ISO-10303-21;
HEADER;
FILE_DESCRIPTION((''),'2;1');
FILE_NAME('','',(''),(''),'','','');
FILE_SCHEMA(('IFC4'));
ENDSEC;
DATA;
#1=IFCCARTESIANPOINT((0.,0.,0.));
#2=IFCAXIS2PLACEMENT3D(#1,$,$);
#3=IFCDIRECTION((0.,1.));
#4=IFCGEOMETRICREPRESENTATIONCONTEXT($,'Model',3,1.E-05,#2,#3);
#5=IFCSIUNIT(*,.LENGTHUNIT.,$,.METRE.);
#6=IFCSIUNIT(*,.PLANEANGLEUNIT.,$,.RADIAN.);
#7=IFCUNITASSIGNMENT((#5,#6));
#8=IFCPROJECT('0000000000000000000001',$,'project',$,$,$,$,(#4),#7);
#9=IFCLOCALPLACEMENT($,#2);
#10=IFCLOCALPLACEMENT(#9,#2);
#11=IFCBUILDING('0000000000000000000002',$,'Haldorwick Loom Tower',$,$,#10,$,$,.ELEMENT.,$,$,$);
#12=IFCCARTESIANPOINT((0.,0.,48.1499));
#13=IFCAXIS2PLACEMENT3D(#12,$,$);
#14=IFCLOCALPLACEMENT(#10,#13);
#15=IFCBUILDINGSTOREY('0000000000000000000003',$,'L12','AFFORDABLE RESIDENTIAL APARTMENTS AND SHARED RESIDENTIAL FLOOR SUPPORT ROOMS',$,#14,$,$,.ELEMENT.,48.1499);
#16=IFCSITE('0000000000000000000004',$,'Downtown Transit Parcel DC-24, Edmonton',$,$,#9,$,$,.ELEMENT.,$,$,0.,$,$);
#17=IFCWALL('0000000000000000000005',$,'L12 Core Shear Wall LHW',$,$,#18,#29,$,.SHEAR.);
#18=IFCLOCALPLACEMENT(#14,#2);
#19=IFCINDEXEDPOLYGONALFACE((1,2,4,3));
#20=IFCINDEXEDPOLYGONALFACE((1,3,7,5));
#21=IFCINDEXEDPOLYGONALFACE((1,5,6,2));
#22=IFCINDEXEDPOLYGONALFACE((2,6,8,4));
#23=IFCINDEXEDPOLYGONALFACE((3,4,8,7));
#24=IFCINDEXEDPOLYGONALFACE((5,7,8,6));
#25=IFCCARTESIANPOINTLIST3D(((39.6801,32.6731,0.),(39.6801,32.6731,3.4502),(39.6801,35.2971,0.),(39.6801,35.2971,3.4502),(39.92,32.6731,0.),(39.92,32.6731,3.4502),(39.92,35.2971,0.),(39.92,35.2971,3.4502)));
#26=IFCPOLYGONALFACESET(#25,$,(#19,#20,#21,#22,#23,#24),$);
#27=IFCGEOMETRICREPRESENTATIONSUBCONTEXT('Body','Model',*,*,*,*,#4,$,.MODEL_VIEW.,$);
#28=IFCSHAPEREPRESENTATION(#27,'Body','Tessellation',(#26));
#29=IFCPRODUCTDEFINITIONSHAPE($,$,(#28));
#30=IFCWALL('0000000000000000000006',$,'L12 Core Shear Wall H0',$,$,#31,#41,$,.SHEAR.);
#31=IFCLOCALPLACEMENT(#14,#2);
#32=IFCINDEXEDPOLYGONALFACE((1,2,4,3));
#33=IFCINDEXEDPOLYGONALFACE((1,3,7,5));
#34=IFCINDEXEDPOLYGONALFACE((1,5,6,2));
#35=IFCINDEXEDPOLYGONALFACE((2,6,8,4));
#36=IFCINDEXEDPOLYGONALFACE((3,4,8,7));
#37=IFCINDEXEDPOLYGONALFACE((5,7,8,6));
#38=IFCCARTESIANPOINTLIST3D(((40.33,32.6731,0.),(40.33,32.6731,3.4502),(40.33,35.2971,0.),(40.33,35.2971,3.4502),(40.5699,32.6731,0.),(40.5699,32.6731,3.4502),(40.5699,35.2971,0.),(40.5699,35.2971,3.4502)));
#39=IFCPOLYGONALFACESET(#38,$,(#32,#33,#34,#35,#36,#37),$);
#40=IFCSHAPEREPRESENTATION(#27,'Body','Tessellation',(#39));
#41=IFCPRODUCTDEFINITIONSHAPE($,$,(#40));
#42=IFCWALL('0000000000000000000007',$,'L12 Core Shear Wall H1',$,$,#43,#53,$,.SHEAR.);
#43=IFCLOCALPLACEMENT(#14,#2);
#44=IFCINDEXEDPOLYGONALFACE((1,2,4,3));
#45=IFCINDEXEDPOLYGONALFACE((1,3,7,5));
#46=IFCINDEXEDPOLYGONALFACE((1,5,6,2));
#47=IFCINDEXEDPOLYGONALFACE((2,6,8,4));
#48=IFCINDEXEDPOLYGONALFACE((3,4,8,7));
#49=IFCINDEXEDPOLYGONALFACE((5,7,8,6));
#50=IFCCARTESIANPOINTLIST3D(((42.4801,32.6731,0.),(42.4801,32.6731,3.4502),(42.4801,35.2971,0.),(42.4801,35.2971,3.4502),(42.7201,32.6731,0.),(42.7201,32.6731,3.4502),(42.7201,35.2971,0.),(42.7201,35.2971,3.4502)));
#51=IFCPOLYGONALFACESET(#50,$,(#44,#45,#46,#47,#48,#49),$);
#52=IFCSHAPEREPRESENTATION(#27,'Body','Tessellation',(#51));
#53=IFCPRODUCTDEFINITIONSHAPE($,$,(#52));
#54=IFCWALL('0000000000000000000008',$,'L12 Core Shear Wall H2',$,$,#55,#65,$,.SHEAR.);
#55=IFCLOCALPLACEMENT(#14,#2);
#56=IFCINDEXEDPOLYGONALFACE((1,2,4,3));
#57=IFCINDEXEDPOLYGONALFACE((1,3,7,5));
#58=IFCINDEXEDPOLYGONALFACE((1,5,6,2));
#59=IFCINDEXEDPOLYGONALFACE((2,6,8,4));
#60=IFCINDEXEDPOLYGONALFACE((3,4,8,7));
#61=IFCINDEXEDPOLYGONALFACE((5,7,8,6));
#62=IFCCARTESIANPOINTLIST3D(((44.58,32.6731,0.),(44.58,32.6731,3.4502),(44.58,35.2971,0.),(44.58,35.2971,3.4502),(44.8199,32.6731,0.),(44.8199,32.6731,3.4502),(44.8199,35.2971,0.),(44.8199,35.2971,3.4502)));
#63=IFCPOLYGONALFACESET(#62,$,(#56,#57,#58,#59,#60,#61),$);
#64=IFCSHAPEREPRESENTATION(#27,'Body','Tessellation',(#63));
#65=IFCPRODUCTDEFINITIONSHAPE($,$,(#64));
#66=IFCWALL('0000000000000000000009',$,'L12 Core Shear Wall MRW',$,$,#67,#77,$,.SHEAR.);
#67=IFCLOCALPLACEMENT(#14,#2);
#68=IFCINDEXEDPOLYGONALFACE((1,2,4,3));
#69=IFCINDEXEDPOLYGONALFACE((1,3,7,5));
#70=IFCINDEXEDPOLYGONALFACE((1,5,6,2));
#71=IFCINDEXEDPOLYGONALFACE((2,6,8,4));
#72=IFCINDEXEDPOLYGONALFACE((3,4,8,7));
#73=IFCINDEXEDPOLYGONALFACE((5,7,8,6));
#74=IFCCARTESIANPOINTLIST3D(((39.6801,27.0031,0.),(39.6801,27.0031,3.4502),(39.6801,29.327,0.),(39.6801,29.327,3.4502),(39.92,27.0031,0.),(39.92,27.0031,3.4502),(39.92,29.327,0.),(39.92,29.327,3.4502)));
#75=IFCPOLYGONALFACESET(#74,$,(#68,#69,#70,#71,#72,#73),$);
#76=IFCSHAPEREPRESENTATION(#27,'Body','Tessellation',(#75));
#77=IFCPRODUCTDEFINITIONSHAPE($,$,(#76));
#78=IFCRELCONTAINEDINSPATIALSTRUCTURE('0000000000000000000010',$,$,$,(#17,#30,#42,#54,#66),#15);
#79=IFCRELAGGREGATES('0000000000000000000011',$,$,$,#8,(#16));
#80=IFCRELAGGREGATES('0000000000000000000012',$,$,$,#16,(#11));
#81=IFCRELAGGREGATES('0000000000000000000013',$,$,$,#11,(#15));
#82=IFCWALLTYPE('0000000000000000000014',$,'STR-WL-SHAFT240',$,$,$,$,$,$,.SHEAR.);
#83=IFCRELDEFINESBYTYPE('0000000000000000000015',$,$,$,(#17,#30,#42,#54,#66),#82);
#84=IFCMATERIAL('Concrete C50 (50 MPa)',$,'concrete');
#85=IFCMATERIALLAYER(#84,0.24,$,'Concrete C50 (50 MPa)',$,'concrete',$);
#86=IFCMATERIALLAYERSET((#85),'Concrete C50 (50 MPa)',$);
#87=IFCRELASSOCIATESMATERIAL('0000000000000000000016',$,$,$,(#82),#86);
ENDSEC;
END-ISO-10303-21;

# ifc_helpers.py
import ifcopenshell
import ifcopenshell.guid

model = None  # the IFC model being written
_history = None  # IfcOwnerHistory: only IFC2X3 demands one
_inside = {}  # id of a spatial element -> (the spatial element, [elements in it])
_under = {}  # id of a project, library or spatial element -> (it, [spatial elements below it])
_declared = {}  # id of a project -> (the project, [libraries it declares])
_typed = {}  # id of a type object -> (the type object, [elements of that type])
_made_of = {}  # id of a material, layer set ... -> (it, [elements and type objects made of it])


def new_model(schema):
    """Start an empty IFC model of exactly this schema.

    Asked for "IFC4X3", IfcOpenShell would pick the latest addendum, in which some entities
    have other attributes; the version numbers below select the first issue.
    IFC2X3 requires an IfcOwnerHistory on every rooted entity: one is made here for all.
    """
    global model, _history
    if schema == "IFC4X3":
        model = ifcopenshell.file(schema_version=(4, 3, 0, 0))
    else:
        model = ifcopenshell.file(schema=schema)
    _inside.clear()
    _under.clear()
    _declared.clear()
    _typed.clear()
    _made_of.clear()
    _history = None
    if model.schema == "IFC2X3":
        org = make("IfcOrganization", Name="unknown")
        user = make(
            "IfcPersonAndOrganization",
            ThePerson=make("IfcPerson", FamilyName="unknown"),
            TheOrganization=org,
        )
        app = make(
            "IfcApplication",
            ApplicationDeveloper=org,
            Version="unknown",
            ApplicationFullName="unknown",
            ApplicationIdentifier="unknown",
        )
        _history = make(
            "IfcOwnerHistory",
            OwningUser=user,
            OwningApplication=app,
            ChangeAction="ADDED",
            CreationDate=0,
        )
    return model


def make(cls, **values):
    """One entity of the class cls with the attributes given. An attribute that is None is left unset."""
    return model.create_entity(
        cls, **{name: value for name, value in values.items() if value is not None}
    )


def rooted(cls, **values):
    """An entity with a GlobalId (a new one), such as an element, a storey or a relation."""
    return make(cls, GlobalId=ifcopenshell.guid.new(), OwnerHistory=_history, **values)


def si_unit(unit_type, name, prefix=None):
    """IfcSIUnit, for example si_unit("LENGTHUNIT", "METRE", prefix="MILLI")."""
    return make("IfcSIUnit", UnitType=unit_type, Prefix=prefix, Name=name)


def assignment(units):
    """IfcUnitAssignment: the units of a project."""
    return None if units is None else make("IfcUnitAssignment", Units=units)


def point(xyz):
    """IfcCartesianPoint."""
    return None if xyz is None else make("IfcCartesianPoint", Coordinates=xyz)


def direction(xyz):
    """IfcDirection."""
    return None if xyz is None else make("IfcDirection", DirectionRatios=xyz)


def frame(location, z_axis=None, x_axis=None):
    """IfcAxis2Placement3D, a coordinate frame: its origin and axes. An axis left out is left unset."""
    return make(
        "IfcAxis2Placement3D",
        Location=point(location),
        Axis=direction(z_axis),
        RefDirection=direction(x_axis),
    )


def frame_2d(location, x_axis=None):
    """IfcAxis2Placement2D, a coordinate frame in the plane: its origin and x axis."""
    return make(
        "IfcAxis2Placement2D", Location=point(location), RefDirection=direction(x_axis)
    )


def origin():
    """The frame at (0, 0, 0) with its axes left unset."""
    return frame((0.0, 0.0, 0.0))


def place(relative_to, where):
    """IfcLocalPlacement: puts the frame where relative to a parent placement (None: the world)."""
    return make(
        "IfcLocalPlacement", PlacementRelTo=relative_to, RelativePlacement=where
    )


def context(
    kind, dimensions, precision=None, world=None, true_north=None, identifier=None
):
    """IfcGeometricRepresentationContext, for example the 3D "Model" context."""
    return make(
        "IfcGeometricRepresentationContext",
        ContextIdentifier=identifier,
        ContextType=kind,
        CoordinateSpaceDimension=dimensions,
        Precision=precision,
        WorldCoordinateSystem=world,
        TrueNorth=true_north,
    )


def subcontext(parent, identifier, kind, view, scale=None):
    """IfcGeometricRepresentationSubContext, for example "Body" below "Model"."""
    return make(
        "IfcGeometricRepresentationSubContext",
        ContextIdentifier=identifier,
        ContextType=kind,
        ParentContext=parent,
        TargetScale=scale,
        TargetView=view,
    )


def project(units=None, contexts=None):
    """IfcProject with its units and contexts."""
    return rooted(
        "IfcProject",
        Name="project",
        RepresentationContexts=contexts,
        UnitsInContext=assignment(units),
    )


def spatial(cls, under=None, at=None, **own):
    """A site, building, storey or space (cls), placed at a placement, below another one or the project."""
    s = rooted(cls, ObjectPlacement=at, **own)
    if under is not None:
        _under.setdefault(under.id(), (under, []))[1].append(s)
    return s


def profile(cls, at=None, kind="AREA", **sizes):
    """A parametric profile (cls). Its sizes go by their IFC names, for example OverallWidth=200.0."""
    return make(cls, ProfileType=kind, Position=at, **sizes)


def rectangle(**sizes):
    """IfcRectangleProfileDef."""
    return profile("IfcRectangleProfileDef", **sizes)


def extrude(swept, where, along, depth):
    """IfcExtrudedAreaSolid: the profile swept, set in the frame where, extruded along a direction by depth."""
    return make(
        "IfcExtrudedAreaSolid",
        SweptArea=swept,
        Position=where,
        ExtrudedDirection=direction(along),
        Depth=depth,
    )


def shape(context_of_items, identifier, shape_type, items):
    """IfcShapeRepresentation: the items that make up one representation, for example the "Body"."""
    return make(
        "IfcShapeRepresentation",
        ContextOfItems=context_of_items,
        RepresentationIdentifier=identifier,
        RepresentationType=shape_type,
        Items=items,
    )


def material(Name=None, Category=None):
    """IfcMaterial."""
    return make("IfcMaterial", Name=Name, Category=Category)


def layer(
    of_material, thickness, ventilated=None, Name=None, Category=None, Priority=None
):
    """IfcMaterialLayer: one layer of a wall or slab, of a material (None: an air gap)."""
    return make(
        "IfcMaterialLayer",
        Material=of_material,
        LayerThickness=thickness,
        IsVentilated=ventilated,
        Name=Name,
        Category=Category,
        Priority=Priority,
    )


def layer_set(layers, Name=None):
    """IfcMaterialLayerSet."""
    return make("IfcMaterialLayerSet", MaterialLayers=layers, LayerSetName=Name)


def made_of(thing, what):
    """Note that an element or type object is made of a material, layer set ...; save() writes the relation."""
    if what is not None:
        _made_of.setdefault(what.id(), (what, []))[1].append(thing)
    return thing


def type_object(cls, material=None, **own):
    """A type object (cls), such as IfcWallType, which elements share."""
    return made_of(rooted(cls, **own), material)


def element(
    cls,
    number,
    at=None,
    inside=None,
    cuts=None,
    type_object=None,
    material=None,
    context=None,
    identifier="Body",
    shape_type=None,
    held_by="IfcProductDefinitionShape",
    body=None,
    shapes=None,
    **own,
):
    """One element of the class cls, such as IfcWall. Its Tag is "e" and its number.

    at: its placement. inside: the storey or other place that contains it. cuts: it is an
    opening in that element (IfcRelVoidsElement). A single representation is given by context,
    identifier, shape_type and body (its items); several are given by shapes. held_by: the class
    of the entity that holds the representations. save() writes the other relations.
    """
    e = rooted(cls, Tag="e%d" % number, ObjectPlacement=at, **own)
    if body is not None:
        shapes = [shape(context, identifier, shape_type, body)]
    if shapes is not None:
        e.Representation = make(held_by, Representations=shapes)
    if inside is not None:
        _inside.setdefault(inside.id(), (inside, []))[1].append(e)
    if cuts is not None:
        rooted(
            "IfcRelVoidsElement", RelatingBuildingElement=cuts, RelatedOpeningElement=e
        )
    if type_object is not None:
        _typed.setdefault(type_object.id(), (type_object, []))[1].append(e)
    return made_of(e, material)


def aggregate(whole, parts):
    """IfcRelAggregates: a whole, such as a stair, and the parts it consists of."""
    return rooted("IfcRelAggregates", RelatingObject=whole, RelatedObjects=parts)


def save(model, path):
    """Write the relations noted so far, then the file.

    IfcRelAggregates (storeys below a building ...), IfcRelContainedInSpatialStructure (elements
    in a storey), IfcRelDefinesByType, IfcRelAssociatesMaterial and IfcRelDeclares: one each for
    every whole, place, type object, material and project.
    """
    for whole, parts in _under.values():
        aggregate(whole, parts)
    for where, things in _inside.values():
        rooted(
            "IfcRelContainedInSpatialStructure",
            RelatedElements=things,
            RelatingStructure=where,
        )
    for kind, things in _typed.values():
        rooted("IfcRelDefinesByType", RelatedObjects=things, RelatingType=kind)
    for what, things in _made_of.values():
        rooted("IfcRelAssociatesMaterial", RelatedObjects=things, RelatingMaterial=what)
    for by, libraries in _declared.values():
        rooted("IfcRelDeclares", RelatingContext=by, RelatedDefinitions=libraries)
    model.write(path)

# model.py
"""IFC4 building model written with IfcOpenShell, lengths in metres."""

from ifc_helpers import new_model, si_unit, direction, frame, frame_2d, origin, place, context, subcontext, project, spatial, rectangle, extrude, material, layer, layer_set, type_object, element, save


model = new_model("IFC4")

# Units and contexts
model_context = context("Model", 3, precision=1e-05, world=origin(), true_north=direction((0.0, 1.0)))
body_context = subcontext(model_context, "Body", "Model", "MODEL_VIEW")
ifc_project = project(units=[si_unit("LENGTHUNIT", "METRE"), si_unit("PLANEANGLEUNIT", "RADIAN")], contexts=[model_context])

# Site, building, storey
site_placement = place(None, origin())
site = spatial("IfcSite", under=ifc_project, at=site_placement, Name="Downtown Transit Parcel DC-24, Edmonton", CompositionType="ELEMENT", RefElevation=0.0)
building_placement = place(site_placement, origin())
building = spatial("IfcBuilding", under=site, at=building_placement, Name="Haldorwick Loom Tower", CompositionType="ELEMENT")
storey_placement = place(building_placement, frame((0.0, 0.0, 48.1499)))
storey = spatial("IfcBuildingStorey", under=building, at=storey_placement, Name="L12", Description="AFFORDABLE RESIDENTIAL APARTMENTS AND SHARED RESIDENTIAL FLOOR SUPPORT ROOMS", CompositionType="ELEMENT", Elevation=48.1499)

# Shared definitions
ifc_material_1 = material(Name="Concrete C50 (50 MPa)", Category="concrete")
ifc_layer_1 = layer(ifc_material_1, 0.24, Name="Concrete C50 (50 MPa)", Category="concrete")
ifc_layer_set_1 = layer_set([ifc_layer_1], Name="Concrete C50 (50 MPa)")
wall_type_1 = type_object("IfcWallType", Name="STR-WL-SHAFT240", PredefinedType="SHEAR", material=ifc_layer_set_1)

# Walls
for number, where, z_axis, x_axis, name in (
    (1, (39.8, 32.6731, 0.0), (0.0, 0.0, 1.0), (0.0, 1.0, 0.0), "L12 Core Shear Wall LHW"),
    (2, (40.45, 32.6731, 0.0), (0.0, 0.0, 1.0), (0.0, 1.0, 0.0), "L12 Core Shear Wall H0"),
    (3, (42.6001, 32.6731, 0.0), (0.0, 0.0, 1.0), (0.0, 1.0, 0.0), "L12 Core Shear Wall H1"),
    (4, (44.7, 32.6731, 0.0), (0.0, 0.0, 1.0), (0.0, 1.0, 0.0), "L12 Core Shear Wall H2"),
):
    element("IfcWall", number, at=place(storey_placement, frame(where, z_axis=z_axis, x_axis=x_axis)), inside=storey, type_object=wall_type_1, Name=name, PredefinedType="SHEAR", context=body_context, shape_type="SweptSolid", body=[
        extrude(rectangle(XDim=2.624, YDim=0.24, at=frame_2d((1.312, 0.0))), origin(), (0.0, 0.0, 1.0), 3.4502),
    ])
wall_1_placement = place(storey_placement, frame((39.8, 27.0029, 0.0), z_axis=(0.0, 0.0, 1.0), x_axis=(0.0, 1.0, 0.0)))
element("IfcWall", 5, at=wall_1_placement, inside=storey, type_object=wall_type_1, Name="L12 Core Shear Wall MRW", PredefinedType="SHEAR", context=body_context, shape_type="SweptSolid", body=[
    extrude(rectangle(XDim=2.324, YDim=0.24, at=frame_2d((1.1621, 0.0))), origin(), (0.0, 0.0, 1.0), 3.4502),
])

save(model, "model.ifc")
